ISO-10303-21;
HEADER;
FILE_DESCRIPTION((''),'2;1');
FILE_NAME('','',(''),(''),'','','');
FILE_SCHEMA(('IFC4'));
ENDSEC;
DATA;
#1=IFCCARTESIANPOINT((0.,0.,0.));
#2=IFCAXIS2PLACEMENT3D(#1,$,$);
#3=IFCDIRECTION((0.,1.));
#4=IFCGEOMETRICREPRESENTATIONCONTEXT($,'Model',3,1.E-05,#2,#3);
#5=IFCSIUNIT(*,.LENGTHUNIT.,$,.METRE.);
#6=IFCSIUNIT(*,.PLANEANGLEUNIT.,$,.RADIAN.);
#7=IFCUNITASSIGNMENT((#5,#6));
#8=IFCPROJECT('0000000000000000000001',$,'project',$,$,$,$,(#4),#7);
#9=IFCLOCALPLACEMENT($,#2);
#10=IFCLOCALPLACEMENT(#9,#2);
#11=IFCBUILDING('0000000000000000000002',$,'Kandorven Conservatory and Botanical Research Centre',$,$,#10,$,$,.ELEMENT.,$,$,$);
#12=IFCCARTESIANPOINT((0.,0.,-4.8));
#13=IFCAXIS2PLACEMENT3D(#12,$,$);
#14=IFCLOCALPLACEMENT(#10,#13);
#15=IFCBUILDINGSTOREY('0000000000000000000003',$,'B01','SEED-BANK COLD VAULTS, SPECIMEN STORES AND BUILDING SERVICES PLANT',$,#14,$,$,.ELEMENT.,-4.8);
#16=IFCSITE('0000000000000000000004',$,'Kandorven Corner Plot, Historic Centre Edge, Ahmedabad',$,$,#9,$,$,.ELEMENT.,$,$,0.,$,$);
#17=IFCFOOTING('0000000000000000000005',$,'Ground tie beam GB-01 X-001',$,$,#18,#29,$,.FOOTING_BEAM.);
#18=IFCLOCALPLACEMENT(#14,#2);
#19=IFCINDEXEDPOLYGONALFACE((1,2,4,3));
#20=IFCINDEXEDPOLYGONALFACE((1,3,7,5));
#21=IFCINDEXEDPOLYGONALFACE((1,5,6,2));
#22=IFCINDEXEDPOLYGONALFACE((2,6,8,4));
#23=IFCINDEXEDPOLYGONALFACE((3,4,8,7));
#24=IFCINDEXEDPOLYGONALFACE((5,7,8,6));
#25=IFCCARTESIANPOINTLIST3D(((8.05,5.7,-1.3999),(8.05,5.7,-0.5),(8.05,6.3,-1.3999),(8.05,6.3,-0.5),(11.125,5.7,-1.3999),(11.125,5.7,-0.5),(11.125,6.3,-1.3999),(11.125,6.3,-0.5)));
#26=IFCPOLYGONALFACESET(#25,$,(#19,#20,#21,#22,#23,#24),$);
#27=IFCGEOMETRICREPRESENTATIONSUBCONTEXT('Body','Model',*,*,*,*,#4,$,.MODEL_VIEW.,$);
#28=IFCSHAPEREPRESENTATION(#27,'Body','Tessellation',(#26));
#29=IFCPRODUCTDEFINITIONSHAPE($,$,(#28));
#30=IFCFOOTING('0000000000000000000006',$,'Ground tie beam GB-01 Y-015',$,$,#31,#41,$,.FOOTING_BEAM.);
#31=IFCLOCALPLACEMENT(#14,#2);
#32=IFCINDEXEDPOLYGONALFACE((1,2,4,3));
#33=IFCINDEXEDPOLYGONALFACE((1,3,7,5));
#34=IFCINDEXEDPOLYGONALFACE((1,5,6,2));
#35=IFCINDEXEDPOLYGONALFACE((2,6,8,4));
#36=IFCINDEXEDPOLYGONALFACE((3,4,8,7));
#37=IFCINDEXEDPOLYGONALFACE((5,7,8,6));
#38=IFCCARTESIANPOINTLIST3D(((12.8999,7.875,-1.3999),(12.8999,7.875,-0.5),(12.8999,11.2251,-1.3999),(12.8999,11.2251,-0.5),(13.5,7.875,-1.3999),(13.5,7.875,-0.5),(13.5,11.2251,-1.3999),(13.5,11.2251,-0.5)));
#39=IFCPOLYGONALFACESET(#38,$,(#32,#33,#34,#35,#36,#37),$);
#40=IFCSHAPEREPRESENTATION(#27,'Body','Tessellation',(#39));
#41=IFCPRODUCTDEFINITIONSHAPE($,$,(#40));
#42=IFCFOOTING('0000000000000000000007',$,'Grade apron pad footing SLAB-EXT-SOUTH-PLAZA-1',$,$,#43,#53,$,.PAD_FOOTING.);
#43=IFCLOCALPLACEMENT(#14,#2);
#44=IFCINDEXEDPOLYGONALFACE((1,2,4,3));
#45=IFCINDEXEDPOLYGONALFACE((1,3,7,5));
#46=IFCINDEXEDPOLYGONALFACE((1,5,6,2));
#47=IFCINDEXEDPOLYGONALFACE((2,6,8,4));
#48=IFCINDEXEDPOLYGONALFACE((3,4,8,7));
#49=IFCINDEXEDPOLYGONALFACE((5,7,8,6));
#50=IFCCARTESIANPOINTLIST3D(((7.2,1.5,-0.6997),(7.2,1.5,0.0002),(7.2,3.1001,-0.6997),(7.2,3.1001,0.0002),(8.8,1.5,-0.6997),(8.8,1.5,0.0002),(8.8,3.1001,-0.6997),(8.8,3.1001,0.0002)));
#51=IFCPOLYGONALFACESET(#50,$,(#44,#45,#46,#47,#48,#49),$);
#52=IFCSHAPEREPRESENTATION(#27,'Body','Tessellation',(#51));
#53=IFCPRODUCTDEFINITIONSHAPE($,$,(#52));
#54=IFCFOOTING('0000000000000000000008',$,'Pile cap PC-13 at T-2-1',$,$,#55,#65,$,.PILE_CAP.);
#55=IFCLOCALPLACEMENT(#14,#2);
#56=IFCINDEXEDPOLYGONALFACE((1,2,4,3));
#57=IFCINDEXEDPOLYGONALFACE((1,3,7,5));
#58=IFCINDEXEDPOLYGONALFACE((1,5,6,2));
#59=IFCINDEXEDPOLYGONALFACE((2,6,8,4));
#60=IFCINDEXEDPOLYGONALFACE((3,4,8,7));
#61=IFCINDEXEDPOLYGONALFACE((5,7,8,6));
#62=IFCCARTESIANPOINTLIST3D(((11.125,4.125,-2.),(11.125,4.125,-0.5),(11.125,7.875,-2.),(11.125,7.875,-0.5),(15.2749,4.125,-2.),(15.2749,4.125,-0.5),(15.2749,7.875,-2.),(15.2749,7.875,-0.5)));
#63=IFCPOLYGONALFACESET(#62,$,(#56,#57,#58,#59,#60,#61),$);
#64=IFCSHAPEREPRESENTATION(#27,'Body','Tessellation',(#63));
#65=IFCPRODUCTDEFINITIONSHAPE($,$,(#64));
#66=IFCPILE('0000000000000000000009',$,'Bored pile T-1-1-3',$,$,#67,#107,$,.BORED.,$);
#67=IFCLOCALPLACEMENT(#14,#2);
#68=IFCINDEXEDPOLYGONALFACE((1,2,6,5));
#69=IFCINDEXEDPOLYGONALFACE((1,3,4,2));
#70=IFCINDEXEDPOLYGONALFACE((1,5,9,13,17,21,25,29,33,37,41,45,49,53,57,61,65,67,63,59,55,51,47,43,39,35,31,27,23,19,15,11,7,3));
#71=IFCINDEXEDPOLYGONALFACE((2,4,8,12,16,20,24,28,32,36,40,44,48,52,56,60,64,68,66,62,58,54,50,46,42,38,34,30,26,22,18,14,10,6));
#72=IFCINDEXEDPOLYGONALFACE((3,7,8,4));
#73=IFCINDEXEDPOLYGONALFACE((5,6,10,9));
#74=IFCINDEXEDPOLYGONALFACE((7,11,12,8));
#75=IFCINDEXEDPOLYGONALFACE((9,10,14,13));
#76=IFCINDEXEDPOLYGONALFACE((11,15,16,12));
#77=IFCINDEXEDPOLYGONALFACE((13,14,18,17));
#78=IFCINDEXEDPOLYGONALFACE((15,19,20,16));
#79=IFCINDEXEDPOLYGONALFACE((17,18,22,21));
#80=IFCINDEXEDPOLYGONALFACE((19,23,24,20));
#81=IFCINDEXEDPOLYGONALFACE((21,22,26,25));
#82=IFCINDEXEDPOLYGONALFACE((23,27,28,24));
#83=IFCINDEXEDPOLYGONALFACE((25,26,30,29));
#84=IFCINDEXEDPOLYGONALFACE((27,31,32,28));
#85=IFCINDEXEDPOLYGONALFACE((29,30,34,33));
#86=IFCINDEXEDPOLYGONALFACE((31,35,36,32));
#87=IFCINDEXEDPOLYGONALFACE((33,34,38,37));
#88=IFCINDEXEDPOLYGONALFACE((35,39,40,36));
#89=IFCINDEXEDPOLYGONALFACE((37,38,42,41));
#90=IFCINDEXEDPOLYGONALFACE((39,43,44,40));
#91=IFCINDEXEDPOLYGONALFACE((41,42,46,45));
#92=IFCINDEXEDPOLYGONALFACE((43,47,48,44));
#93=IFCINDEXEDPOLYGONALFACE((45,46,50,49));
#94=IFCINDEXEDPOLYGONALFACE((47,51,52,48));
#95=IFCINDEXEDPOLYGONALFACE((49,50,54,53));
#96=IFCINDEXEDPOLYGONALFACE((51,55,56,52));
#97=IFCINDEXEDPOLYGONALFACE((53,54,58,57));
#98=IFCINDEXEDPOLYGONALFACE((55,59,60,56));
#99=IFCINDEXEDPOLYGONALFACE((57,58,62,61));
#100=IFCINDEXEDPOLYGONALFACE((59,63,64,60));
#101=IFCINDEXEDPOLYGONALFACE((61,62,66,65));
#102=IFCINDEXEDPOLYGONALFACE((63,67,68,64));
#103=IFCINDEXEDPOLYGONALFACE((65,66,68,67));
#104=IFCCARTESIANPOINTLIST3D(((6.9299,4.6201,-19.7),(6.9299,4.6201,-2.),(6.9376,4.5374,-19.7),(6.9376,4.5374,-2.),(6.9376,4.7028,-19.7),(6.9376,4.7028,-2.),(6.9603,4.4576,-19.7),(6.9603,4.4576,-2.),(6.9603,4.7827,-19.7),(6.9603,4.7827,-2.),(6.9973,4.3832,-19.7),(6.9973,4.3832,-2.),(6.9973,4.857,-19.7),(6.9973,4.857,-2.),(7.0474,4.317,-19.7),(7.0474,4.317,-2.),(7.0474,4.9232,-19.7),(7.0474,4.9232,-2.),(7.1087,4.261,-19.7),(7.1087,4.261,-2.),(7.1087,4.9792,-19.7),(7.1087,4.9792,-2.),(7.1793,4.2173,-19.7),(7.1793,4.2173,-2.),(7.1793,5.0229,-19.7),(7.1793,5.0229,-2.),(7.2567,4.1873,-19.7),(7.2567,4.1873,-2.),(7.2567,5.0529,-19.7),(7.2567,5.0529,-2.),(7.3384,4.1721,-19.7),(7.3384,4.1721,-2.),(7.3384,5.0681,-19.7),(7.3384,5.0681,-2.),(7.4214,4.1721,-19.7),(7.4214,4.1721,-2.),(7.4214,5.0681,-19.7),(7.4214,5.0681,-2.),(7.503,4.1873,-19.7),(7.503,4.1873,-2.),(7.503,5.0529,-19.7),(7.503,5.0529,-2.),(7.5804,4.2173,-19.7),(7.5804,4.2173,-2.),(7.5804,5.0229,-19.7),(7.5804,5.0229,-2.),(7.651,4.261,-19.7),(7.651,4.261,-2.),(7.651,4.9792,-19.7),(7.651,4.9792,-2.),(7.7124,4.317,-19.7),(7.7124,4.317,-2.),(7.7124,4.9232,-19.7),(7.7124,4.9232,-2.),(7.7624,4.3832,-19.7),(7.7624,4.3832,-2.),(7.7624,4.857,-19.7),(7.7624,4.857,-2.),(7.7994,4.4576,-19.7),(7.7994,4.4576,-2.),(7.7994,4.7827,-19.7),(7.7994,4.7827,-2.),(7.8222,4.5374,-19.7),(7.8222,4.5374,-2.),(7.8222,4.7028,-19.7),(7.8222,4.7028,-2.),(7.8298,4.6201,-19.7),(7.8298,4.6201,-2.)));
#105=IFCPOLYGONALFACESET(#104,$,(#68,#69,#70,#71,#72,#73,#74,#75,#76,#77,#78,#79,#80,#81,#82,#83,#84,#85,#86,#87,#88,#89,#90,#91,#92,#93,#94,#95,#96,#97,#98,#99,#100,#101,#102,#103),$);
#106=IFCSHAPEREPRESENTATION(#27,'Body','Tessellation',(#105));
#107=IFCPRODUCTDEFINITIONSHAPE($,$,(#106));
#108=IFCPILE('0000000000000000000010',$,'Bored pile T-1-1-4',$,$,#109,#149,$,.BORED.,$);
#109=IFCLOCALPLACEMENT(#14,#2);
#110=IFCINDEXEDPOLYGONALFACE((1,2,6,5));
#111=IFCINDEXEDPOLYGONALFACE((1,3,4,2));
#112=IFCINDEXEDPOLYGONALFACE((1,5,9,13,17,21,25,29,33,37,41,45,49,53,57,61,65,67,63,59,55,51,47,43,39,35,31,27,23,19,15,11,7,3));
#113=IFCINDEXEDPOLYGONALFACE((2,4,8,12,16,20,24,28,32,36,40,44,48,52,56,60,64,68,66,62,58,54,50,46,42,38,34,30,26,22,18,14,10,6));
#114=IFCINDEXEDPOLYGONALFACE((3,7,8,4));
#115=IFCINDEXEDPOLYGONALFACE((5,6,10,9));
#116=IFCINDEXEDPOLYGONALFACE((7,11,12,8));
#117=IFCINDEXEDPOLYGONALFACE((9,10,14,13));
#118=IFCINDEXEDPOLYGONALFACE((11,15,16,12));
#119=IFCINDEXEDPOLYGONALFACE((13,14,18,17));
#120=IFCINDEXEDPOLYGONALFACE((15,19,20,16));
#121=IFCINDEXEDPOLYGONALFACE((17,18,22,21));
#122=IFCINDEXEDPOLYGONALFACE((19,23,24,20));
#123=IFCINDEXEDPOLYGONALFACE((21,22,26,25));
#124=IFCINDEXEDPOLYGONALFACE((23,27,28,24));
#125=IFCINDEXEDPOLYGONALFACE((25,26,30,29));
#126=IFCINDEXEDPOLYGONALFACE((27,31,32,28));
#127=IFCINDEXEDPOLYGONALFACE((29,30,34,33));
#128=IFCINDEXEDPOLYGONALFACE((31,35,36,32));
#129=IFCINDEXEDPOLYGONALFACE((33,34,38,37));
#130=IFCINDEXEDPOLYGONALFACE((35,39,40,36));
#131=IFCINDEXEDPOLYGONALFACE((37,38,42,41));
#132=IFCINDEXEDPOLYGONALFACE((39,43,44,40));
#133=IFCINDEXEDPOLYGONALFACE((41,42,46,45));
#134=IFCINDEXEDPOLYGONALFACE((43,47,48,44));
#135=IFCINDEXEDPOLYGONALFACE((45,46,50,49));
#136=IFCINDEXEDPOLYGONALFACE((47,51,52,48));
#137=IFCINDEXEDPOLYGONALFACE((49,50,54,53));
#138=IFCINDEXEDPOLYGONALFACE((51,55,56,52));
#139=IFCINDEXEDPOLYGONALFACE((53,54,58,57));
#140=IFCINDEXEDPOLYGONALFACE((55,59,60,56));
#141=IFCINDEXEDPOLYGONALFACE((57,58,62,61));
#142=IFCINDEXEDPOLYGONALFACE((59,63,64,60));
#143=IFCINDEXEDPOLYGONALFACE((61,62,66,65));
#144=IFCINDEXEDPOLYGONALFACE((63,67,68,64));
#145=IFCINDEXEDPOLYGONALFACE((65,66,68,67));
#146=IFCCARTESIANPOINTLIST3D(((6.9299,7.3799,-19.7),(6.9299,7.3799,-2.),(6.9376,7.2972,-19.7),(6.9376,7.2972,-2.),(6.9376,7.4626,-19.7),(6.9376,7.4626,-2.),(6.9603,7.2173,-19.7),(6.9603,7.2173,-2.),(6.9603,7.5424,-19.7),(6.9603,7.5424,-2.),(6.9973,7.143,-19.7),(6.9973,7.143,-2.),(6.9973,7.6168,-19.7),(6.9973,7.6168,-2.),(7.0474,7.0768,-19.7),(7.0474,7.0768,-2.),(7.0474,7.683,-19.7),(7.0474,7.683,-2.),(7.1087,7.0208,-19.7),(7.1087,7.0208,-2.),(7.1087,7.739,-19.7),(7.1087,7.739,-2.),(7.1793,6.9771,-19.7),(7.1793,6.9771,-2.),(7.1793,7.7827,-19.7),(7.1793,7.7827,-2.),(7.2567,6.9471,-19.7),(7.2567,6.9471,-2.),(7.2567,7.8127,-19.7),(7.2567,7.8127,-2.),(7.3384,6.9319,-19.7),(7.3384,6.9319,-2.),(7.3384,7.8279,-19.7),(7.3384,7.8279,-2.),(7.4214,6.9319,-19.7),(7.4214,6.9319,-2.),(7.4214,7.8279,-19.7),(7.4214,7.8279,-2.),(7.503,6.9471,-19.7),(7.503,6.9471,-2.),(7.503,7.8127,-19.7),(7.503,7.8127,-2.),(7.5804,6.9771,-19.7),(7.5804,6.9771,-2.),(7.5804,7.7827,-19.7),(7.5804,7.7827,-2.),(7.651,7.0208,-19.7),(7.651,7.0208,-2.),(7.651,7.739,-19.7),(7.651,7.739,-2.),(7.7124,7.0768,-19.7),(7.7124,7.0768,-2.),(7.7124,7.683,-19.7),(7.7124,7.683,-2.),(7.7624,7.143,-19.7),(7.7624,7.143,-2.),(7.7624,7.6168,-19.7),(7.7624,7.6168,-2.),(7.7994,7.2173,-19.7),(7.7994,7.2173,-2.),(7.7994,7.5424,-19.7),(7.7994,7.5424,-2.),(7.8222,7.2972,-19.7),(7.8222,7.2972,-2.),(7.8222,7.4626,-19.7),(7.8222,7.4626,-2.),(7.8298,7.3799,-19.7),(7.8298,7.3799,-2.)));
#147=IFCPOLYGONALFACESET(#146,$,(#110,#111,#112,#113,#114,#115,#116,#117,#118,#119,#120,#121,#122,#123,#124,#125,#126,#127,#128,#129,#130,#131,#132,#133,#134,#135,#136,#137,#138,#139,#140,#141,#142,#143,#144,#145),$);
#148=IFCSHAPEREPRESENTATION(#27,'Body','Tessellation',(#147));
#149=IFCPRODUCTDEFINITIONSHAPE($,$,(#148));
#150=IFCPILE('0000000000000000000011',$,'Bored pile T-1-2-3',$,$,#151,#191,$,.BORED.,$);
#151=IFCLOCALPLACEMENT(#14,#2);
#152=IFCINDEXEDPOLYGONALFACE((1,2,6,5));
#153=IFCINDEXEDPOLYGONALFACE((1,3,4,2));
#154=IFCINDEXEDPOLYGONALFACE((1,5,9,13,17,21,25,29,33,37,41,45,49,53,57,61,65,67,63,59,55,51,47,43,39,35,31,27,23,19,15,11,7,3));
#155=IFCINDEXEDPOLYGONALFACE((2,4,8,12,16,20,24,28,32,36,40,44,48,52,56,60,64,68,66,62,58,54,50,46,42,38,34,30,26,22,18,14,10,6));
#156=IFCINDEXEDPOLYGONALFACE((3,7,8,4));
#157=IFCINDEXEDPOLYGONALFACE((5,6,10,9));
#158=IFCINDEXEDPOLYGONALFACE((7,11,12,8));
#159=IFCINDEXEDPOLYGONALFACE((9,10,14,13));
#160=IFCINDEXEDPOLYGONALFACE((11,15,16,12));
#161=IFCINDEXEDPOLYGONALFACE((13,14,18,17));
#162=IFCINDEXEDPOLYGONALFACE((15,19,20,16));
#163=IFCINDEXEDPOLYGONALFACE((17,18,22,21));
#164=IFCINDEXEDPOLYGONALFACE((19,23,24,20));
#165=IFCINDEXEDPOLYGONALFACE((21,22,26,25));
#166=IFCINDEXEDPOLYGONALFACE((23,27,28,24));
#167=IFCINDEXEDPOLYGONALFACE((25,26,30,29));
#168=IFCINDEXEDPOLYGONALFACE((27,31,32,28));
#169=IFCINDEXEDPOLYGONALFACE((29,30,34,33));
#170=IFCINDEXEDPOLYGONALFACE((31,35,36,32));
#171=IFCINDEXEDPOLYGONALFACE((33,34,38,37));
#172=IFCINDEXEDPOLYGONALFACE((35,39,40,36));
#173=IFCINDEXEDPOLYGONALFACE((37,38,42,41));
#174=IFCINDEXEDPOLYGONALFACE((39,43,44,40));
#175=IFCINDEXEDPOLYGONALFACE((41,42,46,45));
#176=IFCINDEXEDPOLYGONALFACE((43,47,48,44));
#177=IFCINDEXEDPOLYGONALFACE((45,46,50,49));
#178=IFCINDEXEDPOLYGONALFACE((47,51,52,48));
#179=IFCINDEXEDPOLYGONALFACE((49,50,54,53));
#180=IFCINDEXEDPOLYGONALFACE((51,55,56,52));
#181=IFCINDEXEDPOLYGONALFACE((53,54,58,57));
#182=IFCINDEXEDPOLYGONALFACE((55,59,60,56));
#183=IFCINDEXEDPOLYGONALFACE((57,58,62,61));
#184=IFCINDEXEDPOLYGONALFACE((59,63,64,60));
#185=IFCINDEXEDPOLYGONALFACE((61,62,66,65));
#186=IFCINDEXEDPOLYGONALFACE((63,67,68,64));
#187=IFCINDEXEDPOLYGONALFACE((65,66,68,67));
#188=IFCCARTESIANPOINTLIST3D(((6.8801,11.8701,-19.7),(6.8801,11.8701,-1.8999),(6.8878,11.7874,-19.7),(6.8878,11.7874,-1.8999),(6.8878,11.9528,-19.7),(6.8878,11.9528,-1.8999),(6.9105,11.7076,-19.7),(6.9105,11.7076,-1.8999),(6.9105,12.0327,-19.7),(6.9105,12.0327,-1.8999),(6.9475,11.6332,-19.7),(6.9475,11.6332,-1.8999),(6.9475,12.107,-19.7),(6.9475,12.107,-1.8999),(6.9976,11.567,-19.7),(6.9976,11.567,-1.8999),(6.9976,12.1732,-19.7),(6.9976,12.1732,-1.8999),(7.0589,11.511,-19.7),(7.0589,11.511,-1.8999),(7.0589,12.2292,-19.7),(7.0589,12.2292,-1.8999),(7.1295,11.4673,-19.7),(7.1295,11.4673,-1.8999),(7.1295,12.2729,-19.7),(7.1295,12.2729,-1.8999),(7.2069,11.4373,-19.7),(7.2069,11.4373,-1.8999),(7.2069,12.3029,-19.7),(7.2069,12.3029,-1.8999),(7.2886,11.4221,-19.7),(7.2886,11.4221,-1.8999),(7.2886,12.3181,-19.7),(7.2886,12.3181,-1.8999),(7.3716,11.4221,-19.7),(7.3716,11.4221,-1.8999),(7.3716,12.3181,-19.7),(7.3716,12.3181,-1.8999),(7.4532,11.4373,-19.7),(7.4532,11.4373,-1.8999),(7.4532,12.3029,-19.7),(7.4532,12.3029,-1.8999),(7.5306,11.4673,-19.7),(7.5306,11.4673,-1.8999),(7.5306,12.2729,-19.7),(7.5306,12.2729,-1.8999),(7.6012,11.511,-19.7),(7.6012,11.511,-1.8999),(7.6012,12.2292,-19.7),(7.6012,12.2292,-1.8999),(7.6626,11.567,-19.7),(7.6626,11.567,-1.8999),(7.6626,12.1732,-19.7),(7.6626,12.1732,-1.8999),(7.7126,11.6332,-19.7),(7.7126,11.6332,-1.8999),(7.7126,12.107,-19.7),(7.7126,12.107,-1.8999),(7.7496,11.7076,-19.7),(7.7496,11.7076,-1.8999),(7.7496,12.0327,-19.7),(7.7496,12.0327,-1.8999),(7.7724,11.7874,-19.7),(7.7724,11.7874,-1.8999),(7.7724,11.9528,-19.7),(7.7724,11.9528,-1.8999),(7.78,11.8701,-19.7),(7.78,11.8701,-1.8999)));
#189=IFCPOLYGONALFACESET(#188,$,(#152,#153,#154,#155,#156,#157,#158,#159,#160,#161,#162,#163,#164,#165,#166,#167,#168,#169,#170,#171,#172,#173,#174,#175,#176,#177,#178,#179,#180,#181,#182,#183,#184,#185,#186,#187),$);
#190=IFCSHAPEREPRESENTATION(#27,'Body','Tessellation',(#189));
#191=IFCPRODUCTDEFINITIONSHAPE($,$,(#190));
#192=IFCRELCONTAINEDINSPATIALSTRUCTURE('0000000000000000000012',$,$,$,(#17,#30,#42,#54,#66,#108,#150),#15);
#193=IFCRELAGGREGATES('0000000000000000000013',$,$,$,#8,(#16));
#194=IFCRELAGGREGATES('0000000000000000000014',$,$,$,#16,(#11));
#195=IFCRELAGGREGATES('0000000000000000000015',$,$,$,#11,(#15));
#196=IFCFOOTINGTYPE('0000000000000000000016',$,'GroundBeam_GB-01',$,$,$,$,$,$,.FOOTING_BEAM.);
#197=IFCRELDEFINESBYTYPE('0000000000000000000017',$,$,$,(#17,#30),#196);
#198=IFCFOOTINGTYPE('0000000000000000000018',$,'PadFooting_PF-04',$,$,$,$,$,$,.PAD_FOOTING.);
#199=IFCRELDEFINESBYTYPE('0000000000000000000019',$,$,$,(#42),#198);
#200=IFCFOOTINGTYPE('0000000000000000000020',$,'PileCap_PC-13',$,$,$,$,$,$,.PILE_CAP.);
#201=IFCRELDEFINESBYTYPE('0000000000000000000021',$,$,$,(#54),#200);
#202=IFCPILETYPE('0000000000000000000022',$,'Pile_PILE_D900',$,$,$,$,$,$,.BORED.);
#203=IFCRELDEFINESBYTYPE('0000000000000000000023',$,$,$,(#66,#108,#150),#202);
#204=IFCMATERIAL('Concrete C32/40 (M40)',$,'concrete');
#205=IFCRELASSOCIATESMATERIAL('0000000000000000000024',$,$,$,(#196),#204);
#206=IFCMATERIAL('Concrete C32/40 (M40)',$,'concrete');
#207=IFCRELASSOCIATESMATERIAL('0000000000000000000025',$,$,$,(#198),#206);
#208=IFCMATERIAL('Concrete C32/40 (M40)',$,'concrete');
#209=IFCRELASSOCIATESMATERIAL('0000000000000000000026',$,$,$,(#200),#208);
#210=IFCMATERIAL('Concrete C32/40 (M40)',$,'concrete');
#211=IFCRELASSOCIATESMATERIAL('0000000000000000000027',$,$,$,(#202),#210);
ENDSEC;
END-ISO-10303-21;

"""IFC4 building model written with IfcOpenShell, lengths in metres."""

from ifc_helpers import new_model, si_unit, direction, frame, origin, origin_2d, place, context, subcontext, project, spatial, rectangle, circle, extrude, material, material_profile, profile_set, type_object, element, save


model = new_model("IFC4")

# Units and contexts
model_context = context("Model", 3, precision=1e-05, world=origin(), true_north=direction((0.0, 1.0)))
body_context = subcontext(model_context, "Body", "Model", "MODEL_VIEW")
ifc_project = project(units=[si_unit("LENGTHUNIT", "METRE"), si_unit("PLANEANGLEUNIT", "RADIAN")], contexts=[model_context])

# Site, building, storey
site_placement = place(None, origin())
site = spatial("IfcSite", under=ifc_project, at=site_placement, Name="Kandorven Corner Plot, Historic Centre Edge, Ahmedabad", CompositionType="ELEMENT", RefElevation=0.0)
building_placement = place(site_placement, origin())
building = spatial("IfcBuilding", under=site, at=building_placement, Name="Kandorven Conservatory and Botanical Research Centre", CompositionType="ELEMENT")
storey_placement = place(building_placement, frame((0.0, 0.0, -4.8)))
storey = spatial("IfcBuildingStorey", under=building, at=storey_placement, Name="B01", Description="SEED-BANK COLD VAULTS, SPECIMEN STORES AND BUILDING SERVICES PLANT", CompositionType="ELEMENT", Elevation=-4.8)

# Footings
ifc_material_1 = material(Name="Concrete C32/40 (M40)", Category="concrete")
ifc_material_profile_1 = material_profile(ifc_material_1, rectangle(XDim=0.6001, YDim=0.8999, at=origin_2d()))
ifc_profile_set_1 = profile_set([ifc_material_profile_1], Name="Concrete C32/40 (M40)")
footing_type_1 = type_object("IfcFootingType", Name="GroundBeam_GB-01", PredefinedType="FOOTING_BEAM", material=ifc_profile_set_1)
footing_1_placement = place(storey_placement, frame((8.05, 6.0, -0.95), z_axis=(1.0, 0.0, 0.0), x_axis=(0.0, 1.0, 0.0)))
element("IfcFooting", 1, at=footing_1_placement, inside=storey, type_object=footing_type_1, Name="Ground tie beam GB-01 X-001", PredefinedType="FOOTING_BEAM", context=body_context, shape_type="SweptSolid", body=[
    extrude(rectangle(XDim=0.6001, YDim=0.8999, at=origin_2d()), origin(), (0.0, 0.0, 1.0), 3.075),
])
footing_2_placement = place(storey_placement, frame((13.2, 7.875, -0.95), z_axis=(0.0, 1.0, 0.0), x_axis=(-1.0, 0.0, 0.0)))
element("IfcFooting", 2, at=footing_2_placement, inside=storey, type_object=footing_type_1, Name="Ground tie beam GB-01 Y-015", PredefinedType="FOOTING_BEAM", context=body_context, shape_type="SweptSolid", body=[
    extrude(rectangle(XDim=0.6001, YDim=0.8999, at=origin_2d()), origin(), (0.0, 0.0, 1.0), 3.3501),
])
ifc_material_2 = material(Name="Concrete C32/40 (M40)", Category="concrete")
footing_type_2 = type_object("IfcFootingType", Name="PadFooting_PF-04", PredefinedType="PAD_FOOTING", material=ifc_material_2)
footing_3_placement = place(storey_placement, frame((8.0, 2.3, -0.6997), z_axis=(0.0, 0.0, 1.0), x_axis=(1.0, 0.0, 0.0)))
element("IfcFooting", 3, at=footing_3_placement, inside=storey, type_object=footing_type_2, Name="Grade apron pad footing SLAB-EXT-SOUTH-PLAZA-1", PredefinedType="PAD_FOOTING", context=body_context, shape_type="SweptSolid", body=[
    extrude(rectangle(XDim=1.6001, YDim=1.6001, at=origin_2d()), origin(), (0.0, 0.0, 1.0), 0.7),
])
ifc_material_3 = material(Name="Concrete C32/40 (M40)", Category="concrete")
footing_type_3 = type_object("IfcFootingType", Name="PileCap_PC-13", PredefinedType="PILE_CAP", material=ifc_material_3)
footing_4_placement = place(storey_placement, frame((13.2, 6.0, -2.0), z_axis=(0.0, 0.0, 1.0), x_axis=(1.0, 0.0, 0.0)))
element("IfcFooting", 4, at=footing_4_placement, inside=storey, type_object=footing_type_3, Name="Pile cap PC-13 at T-2-1", PredefinedType="PILE_CAP", context=body_context, shape_type="SweptSolid", body=[
    extrude(rectangle(XDim=4.1499, YDim=3.75, at=origin_2d()), origin(), (0.0, 0.0, 1.0), 1.5),
])

# Piles
ifc_material_4 = material(Name="Concrete C32/40 (M40)", Category="concrete")
ifc_material_profile_2 = material_profile(ifc_material_4, circle(Radius=0.45, at=origin_2d()))
ifc_profile_set_2 = profile_set([ifc_material_profile_2], Name="Concrete C32/40 (M40)")
pile_type = type_object("IfcPileType", Name="Pile_PILE_D900", PredefinedType="BORED", material=ifc_profile_set_2)
for number, where, z_axis, x_axis, name in (
    (5, (7.3799, 4.6201, -2.0), (0.0, 0.0, -1.0), (1.0, 0.0, 0.0), "Bored pile T-1-1-3"),
    (6, (7.3799, 7.3799, -2.0), (0.0, 0.0, -1.0), (1.0, 0.0, 0.0), "Bored pile T-1-1-4"),
):
    element("IfcPile", number, at=place(storey_placement, frame(where, z_axis=z_axis, x_axis=x_axis)), inside=storey, type_object=pile_type, Name=name, PredefinedType="BORED", context=body_context, shape_type="SweptSolid", body=[
        extrude(circle(Radius=0.45, at=origin_2d()), origin(), (0.0, 0.0, 1.0), 17.7),
    ])
for number, where, z_axis, x_axis, name in (
    (7, (7.3301, 11.8701, -1.8999), (0.0, 0.0, -1.0), (1.0, 0.0, 0.0), "Bored pile T-1-2-3"),
):
    element("IfcPile", number, at=place(storey_placement, frame(where, z_axis=z_axis, x_axis=x_axis)), inside=storey, type_object=pile_type, Name=name, PredefinedType="BORED", context=body_context, shape_type="SweptSolid", body=[
        extrude(circle(Radius=0.45, at=origin_2d()), origin(), (0.0, 0.0, 1.0), 17.8),
    ])

save(model, "model.ifc")
